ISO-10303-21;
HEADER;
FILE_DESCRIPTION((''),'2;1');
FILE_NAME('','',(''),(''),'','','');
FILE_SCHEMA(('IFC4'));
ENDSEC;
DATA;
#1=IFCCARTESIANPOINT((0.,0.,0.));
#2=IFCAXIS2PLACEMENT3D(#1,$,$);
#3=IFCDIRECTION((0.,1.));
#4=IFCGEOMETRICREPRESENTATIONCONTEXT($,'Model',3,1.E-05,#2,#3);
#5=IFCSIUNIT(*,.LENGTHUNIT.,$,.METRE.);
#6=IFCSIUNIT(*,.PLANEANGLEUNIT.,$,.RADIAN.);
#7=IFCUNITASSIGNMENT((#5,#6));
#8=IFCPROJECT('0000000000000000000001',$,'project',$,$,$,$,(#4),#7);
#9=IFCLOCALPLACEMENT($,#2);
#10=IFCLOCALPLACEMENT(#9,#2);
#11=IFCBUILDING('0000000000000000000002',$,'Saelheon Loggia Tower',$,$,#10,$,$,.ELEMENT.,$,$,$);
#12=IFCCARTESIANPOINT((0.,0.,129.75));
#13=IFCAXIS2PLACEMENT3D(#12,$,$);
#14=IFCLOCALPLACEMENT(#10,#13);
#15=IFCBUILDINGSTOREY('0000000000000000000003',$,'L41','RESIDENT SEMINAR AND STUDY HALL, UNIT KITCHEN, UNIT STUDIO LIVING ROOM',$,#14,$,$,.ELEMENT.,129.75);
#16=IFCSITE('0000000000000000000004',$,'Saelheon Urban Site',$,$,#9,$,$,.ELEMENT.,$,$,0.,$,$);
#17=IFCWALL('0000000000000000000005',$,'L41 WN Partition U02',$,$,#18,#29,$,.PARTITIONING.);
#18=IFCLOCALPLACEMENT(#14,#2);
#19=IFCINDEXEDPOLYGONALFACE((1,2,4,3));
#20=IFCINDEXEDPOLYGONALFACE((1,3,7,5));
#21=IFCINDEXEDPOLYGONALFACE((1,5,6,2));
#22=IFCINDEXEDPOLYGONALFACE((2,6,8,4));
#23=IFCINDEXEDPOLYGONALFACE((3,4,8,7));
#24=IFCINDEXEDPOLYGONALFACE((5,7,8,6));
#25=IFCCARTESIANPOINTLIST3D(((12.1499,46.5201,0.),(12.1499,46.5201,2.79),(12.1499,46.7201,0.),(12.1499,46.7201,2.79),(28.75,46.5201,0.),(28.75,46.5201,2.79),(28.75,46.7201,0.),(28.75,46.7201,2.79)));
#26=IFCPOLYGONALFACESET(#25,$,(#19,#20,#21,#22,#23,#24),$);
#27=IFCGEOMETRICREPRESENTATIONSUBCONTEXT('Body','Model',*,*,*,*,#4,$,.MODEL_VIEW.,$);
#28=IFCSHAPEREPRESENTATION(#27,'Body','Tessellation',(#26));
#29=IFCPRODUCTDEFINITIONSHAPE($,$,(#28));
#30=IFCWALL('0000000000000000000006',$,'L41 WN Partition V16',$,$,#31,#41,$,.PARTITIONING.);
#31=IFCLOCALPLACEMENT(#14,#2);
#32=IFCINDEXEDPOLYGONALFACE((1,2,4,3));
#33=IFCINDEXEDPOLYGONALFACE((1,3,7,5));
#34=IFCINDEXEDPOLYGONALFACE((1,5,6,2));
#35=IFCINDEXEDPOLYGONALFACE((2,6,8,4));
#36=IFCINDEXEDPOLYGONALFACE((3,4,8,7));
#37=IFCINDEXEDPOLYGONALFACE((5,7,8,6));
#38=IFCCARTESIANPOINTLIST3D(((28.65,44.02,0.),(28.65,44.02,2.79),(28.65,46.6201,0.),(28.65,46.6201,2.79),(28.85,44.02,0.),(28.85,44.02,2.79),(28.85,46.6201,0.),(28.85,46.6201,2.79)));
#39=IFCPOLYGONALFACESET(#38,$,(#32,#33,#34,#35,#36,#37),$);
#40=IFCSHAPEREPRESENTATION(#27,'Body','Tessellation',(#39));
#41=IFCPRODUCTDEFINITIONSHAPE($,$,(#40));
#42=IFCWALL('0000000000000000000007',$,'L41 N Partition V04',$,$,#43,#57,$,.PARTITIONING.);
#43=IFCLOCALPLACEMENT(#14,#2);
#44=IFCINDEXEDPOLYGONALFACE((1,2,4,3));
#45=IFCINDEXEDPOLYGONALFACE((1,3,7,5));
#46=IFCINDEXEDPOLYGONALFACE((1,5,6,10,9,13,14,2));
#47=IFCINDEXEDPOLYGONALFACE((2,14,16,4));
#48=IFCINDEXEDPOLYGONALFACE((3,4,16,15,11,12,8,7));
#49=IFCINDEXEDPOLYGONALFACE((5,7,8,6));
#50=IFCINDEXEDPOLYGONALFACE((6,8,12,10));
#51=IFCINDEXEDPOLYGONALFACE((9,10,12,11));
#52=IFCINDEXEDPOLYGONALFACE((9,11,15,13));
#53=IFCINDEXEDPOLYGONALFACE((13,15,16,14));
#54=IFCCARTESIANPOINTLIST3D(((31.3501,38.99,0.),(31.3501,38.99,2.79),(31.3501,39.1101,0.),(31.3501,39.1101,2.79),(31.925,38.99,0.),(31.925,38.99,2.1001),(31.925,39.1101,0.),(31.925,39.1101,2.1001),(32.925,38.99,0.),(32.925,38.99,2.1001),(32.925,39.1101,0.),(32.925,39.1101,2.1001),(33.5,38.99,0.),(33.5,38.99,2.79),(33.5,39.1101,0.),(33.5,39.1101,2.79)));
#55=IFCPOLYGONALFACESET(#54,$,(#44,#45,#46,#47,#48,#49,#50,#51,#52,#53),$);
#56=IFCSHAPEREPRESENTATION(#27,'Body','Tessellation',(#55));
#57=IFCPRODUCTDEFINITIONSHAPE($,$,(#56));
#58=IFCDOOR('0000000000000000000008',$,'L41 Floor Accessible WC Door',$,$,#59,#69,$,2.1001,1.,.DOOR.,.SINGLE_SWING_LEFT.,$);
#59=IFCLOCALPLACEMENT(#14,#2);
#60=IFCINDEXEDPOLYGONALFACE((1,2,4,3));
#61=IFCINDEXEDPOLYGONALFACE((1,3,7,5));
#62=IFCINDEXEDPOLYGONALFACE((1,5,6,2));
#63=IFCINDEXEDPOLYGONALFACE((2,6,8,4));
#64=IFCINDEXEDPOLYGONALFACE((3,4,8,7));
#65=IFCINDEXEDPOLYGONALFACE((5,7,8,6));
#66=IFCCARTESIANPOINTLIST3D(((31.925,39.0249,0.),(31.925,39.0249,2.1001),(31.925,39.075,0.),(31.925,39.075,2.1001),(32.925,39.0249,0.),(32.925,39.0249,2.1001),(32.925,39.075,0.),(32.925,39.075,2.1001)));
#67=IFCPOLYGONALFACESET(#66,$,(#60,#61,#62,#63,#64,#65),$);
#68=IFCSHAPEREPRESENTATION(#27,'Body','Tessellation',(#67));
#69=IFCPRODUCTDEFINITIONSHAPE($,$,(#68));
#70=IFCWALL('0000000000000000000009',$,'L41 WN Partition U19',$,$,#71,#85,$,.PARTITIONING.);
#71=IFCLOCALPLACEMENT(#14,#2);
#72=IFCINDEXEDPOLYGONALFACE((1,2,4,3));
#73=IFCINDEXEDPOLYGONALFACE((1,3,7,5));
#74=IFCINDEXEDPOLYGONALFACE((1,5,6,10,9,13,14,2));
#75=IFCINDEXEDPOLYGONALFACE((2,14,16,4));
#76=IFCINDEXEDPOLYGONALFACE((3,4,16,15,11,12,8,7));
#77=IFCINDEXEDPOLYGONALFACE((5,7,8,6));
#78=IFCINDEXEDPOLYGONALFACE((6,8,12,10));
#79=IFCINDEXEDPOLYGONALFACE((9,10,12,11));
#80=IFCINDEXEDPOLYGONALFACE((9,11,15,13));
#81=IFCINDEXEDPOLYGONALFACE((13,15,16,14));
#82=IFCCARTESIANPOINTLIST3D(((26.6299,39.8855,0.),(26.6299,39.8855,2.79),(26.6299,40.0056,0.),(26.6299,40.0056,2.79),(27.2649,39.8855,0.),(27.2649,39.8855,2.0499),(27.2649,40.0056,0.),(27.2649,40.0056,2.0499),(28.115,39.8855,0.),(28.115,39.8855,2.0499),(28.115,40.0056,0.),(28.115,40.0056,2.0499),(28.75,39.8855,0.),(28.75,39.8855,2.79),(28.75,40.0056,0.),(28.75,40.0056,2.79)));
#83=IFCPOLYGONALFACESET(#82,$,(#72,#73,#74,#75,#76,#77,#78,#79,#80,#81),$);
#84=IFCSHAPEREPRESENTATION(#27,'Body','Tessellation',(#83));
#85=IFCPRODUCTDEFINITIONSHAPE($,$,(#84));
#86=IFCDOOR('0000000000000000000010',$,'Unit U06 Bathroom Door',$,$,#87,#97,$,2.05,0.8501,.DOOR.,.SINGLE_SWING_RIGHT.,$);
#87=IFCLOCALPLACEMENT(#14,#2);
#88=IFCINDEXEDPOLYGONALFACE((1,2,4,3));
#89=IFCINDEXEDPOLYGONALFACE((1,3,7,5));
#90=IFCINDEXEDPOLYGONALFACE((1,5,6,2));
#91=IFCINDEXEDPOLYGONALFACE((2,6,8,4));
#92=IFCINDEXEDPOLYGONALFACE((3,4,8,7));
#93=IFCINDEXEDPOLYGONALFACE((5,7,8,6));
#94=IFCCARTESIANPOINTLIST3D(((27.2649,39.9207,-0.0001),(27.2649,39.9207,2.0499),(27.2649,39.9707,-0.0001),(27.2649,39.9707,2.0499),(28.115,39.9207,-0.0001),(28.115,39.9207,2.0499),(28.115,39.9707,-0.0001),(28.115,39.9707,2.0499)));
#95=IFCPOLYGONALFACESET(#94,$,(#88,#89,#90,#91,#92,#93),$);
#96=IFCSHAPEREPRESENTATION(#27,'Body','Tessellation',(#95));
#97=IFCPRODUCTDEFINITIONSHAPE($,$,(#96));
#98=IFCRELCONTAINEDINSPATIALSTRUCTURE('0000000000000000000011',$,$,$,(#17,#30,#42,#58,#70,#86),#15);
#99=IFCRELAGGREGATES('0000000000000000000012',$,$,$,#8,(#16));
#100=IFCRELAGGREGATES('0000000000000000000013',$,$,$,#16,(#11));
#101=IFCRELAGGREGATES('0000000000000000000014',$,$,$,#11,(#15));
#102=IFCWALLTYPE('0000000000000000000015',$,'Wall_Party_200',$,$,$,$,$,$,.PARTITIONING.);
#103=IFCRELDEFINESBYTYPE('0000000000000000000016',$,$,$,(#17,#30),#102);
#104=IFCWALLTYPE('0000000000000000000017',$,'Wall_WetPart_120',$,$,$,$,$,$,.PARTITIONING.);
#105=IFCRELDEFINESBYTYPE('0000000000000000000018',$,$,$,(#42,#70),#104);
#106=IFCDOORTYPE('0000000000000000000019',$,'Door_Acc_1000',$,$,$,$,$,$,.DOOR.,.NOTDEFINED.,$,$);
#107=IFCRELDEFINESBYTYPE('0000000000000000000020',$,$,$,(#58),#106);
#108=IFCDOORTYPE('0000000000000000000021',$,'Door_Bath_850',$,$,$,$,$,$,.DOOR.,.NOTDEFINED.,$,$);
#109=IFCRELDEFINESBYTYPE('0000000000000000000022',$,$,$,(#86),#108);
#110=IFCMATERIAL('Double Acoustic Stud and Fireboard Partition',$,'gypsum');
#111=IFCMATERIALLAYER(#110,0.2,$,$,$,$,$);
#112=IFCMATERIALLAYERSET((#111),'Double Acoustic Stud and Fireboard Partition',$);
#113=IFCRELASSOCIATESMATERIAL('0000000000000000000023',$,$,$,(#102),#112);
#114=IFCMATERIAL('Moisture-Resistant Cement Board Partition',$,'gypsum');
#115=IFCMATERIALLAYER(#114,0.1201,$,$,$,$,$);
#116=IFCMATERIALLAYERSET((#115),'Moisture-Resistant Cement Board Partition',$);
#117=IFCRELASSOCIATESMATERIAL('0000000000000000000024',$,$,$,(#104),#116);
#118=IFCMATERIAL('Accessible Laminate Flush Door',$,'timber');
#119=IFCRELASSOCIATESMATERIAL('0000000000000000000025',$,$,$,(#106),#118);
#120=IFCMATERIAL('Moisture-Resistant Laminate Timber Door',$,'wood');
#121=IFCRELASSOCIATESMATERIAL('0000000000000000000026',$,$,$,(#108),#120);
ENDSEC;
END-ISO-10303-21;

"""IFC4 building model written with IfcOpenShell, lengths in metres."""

from ifc_helpers import new_model, si_unit, direction, frame, frame_2d, origin, place, context, subcontext, project, spatial, rectangle, extrude, source, transform, mapped, material, layer, layer_set, type_object, element, fill, save


model = new_model("IFC4")

# Units and contexts
model_context = context("Model", 3, precision=1e-05, world=origin(), true_north=direction((0.0, 1.0)))
body_context = subcontext(model_context, "Body", "Model", "MODEL_VIEW")
ifc_project = project(units=[si_unit("LENGTHUNIT", "METRE"), si_unit("PLANEANGLEUNIT", "RADIAN")], contexts=[model_context])

# Site, building, storey
site_placement = place(None, origin())
site = spatial("IfcSite", under=ifc_project, at=site_placement, Name="Saelheon Urban Site", CompositionType="ELEMENT", RefElevation=0.0)
building_placement = place(site_placement, origin())
building = spatial("IfcBuilding", under=site, at=building_placement, Name="Saelheon Loggia Tower", CompositionType="ELEMENT")
storey_placement = place(building_placement, frame((0.0, 0.0, 129.75)))
storey = spatial("IfcBuildingStorey", under=building, at=storey_placement, Name="L41", Description="RESIDENT SEMINAR AND STUDY HALL, UNIT KITCHEN, UNIT STUDIO LIVING ROOM", CompositionType="ELEMENT", Elevation=129.75)

# Wall
ifc_material_1 = material(Name="Double Acoustic Stud and Fireboard Partition", Category="gypsum")
ifc_layer_1 = layer(ifc_material_1, 0.2)
ifc_layer_set_1 = layer_set([ifc_layer_1], Name="Double Acoustic Stud and Fireboard Partition")
wall_type_1 = type_object("IfcWallType", Name="Wall_Party_200", PredefinedType="PARTITIONING", material=ifc_layer_set_1)
wall_1_placement = place(storey_placement, frame((28.75, 46.6201, 0.0), z_axis=(0.0, 0.0, 1.0), x_axis=(-1.0, 0.0, 0.0)))
element("IfcWall", 1, at=wall_1_placement, inside=storey, type_object=wall_type_1, Name="L41 WN Partition U02", PredefinedType="PARTITIONING", context=body_context, shape_type="SweptSolid", body=[
    extrude(rectangle(XDim=16.6001, YDim=0.2, at=frame_2d((8.3, 0.0))), origin(), (0.0, 0.0, 1.0), 2.79),
])

# Wall
wall_2_placement = place(storey_placement, frame((28.75, 44.02, 0.0), z_axis=(0.0, 0.0, 1.0), x_axis=(0.0, 1.0, 0.0)))
element("IfcWall", 2, at=wall_2_placement, inside=storey, type_object=wall_type_1, Name="L41 WN Partition V16", PredefinedType="PARTITIONING", context=body_context, shape_type="SweptSolid", body=[
    extrude(rectangle(XDim=2.6001, YDim=0.2, at=frame_2d((1.3, 0.0))), origin(), (0.0, 0.0, 1.0), 2.79),
])

# Walls, openings, doors
ifc_material_2 = material(Name="Moisture-Resistant Cement Board Partition", Category="gypsum")
ifc_layer_2 = layer(ifc_material_2, 0.1201)
ifc_layer_set_2 = layer_set([ifc_layer_2], Name="Moisture-Resistant Cement Board Partition")
wall_type_2 = type_object("IfcWallType", Name="Wall_WetPart_120", PredefinedType="PARTITIONING", material=ifc_layer_set_2)
wall_3_placement = place(storey_placement, frame((31.3501, 39.05, 0.0), z_axis=(0.0, 0.0, 1.0), x_axis=(1.0, 0.0, 0.0)))
wall_3 = element("IfcWall", 3, at=wall_3_placement, inside=storey, type_object=wall_type_2, Name="L41 N Partition V04", PredefinedType="PARTITIONING", context=body_context, shape_type="SweptSolid", body=[
    extrude(rectangle(XDim=2.1499, YDim=0.1201, at=frame_2d((1.075, 0.0))), origin(), (0.0, 0.0, 1.0), 2.79),
])
opening_1_placement = place(wall_3_placement, frame((0.575, 0.0, 0.0)))
opening_1 = element("IfcOpeningElement", 4, at=opening_1_placement, cuts=wall_3, PredefinedType="OPENING", context=body_context, shape_type="SweptSolid", body=[
    extrude(rectangle(XDim=1.0, YDim=2.1001, at=frame_2d((0.5, 1.05))), frame((0.0, 0.072, 0.0), z_axis=(0.0, -1.0, 0.0), x_axis=(1.0, 0.0, 0.0)), (0.0, 0.0, 1.0), 0.144),
])
ifc_material_3 = material(Name="Accessible Laminate Flush Door", Category="timber")
door_type_1 = type_object("IfcDoorType", Name="Door_Acc_1000", OperationType="NOTDEFINED", PredefinedType="DOOR", material=ifc_material_3)
shared_shape_1 = source(origin(), body_context, "Body", "SweptSolid", [
    extrude(rectangle(XDim=1.0, YDim=2.1001, at=frame_2d((0.5, 1.05))), frame((0.0, 0.0249, 0.0), z_axis=(0.0, -1.0, 0.0), x_axis=(1.0, 0.0, 0.0)), (0.0, 0.0, 1.0), 0.05),
])
door_1_placement = place(opening_1_placement, origin())
door_1 = element("IfcDoor", 5, at=door_1_placement, inside=storey, type_object=door_type_1, Name="L41 Floor Accessible WC Door", OperationType="SINGLE_SWING_LEFT", OverallHeight=2.1001, OverallWidth=1.0, PredefinedType="DOOR", context=body_context, shape_type="MappedRepresentation", body=[
    mapped(shared_shape_1, transform((0.0, 0.0, 0.0), scale=1.0)),
])
fill(opening_1, door_1)
wall_4_placement = place(storey_placement, frame((28.75, 39.9456, 0.0), z_axis=(0.0, 0.0, 1.0), x_axis=(-1.0, 0.0, 0.0)))
wall_4 = element("IfcWall", 6, at=wall_4_placement, inside=storey, type_object=wall_type_2, Name="L41 WN Partition U19", PredefinedType="PARTITIONING", context=body_context, shape_type="SweptSolid", body=[
    extrude(rectangle(XDim=2.1201, YDim=0.1201, at=frame_2d((1.0601, 0.0))), origin(), (0.0, 0.0, 1.0), 2.79),
])
opening_2_placement = place(wall_4_placement, frame((0.635, 0.0, 0.0)))
opening_2 = element("IfcOpeningElement", 7, at=opening_2_placement, cuts=wall_4, PredefinedType="OPENING", context=body_context, shape_type="SweptSolid", body=[
    extrude(rectangle(XDim=0.8501, YDim=2.05, at=frame_2d((0.425, 1.0249))), frame((0.0, 0.072, 0.0), z_axis=(0.0, -1.0, 0.0), x_axis=(1.0, 0.0, 0.0)), (0.0, 0.0, 1.0), 0.144),
])
ifc_material_4 = material(Name="Moisture-Resistant Laminate Timber Door", Category="wood")
door_type_2 = type_object("IfcDoorType", Name="Door_Bath_850", OperationType="NOTDEFINED", PredefinedType="DOOR", material=ifc_material_4)
shared_shape_2 = source(origin(), body_context, "Body", "SweptSolid", [
    extrude(rectangle(XDim=0.8501, YDim=2.05, at=frame_2d((0.425, 1.0249))), frame((0.0, 0.0249, 0.0), z_axis=(0.0, -1.0, 0.0), x_axis=(1.0, 0.0, 0.0)), (0.0, 0.0, 1.0), 0.05),
])
door_2_placement = place(opening_2_placement, origin())
door_2 = element("IfcDoor", 8, at=door_2_placement, inside=storey, type_object=door_type_2, Name="Unit U06 Bathroom Door", OperationType="SINGLE_SWING_RIGHT", OverallHeight=2.05, OverallWidth=0.8501, PredefinedType="DOOR", context=body_context, shape_type="MappedRepresentation", body=[
    mapped(shared_shape_2, transform((0.0, 0.0, 0.0), scale=1.0)),
])
fill(opening_2, door_2)

save(model, "model.ifc")
